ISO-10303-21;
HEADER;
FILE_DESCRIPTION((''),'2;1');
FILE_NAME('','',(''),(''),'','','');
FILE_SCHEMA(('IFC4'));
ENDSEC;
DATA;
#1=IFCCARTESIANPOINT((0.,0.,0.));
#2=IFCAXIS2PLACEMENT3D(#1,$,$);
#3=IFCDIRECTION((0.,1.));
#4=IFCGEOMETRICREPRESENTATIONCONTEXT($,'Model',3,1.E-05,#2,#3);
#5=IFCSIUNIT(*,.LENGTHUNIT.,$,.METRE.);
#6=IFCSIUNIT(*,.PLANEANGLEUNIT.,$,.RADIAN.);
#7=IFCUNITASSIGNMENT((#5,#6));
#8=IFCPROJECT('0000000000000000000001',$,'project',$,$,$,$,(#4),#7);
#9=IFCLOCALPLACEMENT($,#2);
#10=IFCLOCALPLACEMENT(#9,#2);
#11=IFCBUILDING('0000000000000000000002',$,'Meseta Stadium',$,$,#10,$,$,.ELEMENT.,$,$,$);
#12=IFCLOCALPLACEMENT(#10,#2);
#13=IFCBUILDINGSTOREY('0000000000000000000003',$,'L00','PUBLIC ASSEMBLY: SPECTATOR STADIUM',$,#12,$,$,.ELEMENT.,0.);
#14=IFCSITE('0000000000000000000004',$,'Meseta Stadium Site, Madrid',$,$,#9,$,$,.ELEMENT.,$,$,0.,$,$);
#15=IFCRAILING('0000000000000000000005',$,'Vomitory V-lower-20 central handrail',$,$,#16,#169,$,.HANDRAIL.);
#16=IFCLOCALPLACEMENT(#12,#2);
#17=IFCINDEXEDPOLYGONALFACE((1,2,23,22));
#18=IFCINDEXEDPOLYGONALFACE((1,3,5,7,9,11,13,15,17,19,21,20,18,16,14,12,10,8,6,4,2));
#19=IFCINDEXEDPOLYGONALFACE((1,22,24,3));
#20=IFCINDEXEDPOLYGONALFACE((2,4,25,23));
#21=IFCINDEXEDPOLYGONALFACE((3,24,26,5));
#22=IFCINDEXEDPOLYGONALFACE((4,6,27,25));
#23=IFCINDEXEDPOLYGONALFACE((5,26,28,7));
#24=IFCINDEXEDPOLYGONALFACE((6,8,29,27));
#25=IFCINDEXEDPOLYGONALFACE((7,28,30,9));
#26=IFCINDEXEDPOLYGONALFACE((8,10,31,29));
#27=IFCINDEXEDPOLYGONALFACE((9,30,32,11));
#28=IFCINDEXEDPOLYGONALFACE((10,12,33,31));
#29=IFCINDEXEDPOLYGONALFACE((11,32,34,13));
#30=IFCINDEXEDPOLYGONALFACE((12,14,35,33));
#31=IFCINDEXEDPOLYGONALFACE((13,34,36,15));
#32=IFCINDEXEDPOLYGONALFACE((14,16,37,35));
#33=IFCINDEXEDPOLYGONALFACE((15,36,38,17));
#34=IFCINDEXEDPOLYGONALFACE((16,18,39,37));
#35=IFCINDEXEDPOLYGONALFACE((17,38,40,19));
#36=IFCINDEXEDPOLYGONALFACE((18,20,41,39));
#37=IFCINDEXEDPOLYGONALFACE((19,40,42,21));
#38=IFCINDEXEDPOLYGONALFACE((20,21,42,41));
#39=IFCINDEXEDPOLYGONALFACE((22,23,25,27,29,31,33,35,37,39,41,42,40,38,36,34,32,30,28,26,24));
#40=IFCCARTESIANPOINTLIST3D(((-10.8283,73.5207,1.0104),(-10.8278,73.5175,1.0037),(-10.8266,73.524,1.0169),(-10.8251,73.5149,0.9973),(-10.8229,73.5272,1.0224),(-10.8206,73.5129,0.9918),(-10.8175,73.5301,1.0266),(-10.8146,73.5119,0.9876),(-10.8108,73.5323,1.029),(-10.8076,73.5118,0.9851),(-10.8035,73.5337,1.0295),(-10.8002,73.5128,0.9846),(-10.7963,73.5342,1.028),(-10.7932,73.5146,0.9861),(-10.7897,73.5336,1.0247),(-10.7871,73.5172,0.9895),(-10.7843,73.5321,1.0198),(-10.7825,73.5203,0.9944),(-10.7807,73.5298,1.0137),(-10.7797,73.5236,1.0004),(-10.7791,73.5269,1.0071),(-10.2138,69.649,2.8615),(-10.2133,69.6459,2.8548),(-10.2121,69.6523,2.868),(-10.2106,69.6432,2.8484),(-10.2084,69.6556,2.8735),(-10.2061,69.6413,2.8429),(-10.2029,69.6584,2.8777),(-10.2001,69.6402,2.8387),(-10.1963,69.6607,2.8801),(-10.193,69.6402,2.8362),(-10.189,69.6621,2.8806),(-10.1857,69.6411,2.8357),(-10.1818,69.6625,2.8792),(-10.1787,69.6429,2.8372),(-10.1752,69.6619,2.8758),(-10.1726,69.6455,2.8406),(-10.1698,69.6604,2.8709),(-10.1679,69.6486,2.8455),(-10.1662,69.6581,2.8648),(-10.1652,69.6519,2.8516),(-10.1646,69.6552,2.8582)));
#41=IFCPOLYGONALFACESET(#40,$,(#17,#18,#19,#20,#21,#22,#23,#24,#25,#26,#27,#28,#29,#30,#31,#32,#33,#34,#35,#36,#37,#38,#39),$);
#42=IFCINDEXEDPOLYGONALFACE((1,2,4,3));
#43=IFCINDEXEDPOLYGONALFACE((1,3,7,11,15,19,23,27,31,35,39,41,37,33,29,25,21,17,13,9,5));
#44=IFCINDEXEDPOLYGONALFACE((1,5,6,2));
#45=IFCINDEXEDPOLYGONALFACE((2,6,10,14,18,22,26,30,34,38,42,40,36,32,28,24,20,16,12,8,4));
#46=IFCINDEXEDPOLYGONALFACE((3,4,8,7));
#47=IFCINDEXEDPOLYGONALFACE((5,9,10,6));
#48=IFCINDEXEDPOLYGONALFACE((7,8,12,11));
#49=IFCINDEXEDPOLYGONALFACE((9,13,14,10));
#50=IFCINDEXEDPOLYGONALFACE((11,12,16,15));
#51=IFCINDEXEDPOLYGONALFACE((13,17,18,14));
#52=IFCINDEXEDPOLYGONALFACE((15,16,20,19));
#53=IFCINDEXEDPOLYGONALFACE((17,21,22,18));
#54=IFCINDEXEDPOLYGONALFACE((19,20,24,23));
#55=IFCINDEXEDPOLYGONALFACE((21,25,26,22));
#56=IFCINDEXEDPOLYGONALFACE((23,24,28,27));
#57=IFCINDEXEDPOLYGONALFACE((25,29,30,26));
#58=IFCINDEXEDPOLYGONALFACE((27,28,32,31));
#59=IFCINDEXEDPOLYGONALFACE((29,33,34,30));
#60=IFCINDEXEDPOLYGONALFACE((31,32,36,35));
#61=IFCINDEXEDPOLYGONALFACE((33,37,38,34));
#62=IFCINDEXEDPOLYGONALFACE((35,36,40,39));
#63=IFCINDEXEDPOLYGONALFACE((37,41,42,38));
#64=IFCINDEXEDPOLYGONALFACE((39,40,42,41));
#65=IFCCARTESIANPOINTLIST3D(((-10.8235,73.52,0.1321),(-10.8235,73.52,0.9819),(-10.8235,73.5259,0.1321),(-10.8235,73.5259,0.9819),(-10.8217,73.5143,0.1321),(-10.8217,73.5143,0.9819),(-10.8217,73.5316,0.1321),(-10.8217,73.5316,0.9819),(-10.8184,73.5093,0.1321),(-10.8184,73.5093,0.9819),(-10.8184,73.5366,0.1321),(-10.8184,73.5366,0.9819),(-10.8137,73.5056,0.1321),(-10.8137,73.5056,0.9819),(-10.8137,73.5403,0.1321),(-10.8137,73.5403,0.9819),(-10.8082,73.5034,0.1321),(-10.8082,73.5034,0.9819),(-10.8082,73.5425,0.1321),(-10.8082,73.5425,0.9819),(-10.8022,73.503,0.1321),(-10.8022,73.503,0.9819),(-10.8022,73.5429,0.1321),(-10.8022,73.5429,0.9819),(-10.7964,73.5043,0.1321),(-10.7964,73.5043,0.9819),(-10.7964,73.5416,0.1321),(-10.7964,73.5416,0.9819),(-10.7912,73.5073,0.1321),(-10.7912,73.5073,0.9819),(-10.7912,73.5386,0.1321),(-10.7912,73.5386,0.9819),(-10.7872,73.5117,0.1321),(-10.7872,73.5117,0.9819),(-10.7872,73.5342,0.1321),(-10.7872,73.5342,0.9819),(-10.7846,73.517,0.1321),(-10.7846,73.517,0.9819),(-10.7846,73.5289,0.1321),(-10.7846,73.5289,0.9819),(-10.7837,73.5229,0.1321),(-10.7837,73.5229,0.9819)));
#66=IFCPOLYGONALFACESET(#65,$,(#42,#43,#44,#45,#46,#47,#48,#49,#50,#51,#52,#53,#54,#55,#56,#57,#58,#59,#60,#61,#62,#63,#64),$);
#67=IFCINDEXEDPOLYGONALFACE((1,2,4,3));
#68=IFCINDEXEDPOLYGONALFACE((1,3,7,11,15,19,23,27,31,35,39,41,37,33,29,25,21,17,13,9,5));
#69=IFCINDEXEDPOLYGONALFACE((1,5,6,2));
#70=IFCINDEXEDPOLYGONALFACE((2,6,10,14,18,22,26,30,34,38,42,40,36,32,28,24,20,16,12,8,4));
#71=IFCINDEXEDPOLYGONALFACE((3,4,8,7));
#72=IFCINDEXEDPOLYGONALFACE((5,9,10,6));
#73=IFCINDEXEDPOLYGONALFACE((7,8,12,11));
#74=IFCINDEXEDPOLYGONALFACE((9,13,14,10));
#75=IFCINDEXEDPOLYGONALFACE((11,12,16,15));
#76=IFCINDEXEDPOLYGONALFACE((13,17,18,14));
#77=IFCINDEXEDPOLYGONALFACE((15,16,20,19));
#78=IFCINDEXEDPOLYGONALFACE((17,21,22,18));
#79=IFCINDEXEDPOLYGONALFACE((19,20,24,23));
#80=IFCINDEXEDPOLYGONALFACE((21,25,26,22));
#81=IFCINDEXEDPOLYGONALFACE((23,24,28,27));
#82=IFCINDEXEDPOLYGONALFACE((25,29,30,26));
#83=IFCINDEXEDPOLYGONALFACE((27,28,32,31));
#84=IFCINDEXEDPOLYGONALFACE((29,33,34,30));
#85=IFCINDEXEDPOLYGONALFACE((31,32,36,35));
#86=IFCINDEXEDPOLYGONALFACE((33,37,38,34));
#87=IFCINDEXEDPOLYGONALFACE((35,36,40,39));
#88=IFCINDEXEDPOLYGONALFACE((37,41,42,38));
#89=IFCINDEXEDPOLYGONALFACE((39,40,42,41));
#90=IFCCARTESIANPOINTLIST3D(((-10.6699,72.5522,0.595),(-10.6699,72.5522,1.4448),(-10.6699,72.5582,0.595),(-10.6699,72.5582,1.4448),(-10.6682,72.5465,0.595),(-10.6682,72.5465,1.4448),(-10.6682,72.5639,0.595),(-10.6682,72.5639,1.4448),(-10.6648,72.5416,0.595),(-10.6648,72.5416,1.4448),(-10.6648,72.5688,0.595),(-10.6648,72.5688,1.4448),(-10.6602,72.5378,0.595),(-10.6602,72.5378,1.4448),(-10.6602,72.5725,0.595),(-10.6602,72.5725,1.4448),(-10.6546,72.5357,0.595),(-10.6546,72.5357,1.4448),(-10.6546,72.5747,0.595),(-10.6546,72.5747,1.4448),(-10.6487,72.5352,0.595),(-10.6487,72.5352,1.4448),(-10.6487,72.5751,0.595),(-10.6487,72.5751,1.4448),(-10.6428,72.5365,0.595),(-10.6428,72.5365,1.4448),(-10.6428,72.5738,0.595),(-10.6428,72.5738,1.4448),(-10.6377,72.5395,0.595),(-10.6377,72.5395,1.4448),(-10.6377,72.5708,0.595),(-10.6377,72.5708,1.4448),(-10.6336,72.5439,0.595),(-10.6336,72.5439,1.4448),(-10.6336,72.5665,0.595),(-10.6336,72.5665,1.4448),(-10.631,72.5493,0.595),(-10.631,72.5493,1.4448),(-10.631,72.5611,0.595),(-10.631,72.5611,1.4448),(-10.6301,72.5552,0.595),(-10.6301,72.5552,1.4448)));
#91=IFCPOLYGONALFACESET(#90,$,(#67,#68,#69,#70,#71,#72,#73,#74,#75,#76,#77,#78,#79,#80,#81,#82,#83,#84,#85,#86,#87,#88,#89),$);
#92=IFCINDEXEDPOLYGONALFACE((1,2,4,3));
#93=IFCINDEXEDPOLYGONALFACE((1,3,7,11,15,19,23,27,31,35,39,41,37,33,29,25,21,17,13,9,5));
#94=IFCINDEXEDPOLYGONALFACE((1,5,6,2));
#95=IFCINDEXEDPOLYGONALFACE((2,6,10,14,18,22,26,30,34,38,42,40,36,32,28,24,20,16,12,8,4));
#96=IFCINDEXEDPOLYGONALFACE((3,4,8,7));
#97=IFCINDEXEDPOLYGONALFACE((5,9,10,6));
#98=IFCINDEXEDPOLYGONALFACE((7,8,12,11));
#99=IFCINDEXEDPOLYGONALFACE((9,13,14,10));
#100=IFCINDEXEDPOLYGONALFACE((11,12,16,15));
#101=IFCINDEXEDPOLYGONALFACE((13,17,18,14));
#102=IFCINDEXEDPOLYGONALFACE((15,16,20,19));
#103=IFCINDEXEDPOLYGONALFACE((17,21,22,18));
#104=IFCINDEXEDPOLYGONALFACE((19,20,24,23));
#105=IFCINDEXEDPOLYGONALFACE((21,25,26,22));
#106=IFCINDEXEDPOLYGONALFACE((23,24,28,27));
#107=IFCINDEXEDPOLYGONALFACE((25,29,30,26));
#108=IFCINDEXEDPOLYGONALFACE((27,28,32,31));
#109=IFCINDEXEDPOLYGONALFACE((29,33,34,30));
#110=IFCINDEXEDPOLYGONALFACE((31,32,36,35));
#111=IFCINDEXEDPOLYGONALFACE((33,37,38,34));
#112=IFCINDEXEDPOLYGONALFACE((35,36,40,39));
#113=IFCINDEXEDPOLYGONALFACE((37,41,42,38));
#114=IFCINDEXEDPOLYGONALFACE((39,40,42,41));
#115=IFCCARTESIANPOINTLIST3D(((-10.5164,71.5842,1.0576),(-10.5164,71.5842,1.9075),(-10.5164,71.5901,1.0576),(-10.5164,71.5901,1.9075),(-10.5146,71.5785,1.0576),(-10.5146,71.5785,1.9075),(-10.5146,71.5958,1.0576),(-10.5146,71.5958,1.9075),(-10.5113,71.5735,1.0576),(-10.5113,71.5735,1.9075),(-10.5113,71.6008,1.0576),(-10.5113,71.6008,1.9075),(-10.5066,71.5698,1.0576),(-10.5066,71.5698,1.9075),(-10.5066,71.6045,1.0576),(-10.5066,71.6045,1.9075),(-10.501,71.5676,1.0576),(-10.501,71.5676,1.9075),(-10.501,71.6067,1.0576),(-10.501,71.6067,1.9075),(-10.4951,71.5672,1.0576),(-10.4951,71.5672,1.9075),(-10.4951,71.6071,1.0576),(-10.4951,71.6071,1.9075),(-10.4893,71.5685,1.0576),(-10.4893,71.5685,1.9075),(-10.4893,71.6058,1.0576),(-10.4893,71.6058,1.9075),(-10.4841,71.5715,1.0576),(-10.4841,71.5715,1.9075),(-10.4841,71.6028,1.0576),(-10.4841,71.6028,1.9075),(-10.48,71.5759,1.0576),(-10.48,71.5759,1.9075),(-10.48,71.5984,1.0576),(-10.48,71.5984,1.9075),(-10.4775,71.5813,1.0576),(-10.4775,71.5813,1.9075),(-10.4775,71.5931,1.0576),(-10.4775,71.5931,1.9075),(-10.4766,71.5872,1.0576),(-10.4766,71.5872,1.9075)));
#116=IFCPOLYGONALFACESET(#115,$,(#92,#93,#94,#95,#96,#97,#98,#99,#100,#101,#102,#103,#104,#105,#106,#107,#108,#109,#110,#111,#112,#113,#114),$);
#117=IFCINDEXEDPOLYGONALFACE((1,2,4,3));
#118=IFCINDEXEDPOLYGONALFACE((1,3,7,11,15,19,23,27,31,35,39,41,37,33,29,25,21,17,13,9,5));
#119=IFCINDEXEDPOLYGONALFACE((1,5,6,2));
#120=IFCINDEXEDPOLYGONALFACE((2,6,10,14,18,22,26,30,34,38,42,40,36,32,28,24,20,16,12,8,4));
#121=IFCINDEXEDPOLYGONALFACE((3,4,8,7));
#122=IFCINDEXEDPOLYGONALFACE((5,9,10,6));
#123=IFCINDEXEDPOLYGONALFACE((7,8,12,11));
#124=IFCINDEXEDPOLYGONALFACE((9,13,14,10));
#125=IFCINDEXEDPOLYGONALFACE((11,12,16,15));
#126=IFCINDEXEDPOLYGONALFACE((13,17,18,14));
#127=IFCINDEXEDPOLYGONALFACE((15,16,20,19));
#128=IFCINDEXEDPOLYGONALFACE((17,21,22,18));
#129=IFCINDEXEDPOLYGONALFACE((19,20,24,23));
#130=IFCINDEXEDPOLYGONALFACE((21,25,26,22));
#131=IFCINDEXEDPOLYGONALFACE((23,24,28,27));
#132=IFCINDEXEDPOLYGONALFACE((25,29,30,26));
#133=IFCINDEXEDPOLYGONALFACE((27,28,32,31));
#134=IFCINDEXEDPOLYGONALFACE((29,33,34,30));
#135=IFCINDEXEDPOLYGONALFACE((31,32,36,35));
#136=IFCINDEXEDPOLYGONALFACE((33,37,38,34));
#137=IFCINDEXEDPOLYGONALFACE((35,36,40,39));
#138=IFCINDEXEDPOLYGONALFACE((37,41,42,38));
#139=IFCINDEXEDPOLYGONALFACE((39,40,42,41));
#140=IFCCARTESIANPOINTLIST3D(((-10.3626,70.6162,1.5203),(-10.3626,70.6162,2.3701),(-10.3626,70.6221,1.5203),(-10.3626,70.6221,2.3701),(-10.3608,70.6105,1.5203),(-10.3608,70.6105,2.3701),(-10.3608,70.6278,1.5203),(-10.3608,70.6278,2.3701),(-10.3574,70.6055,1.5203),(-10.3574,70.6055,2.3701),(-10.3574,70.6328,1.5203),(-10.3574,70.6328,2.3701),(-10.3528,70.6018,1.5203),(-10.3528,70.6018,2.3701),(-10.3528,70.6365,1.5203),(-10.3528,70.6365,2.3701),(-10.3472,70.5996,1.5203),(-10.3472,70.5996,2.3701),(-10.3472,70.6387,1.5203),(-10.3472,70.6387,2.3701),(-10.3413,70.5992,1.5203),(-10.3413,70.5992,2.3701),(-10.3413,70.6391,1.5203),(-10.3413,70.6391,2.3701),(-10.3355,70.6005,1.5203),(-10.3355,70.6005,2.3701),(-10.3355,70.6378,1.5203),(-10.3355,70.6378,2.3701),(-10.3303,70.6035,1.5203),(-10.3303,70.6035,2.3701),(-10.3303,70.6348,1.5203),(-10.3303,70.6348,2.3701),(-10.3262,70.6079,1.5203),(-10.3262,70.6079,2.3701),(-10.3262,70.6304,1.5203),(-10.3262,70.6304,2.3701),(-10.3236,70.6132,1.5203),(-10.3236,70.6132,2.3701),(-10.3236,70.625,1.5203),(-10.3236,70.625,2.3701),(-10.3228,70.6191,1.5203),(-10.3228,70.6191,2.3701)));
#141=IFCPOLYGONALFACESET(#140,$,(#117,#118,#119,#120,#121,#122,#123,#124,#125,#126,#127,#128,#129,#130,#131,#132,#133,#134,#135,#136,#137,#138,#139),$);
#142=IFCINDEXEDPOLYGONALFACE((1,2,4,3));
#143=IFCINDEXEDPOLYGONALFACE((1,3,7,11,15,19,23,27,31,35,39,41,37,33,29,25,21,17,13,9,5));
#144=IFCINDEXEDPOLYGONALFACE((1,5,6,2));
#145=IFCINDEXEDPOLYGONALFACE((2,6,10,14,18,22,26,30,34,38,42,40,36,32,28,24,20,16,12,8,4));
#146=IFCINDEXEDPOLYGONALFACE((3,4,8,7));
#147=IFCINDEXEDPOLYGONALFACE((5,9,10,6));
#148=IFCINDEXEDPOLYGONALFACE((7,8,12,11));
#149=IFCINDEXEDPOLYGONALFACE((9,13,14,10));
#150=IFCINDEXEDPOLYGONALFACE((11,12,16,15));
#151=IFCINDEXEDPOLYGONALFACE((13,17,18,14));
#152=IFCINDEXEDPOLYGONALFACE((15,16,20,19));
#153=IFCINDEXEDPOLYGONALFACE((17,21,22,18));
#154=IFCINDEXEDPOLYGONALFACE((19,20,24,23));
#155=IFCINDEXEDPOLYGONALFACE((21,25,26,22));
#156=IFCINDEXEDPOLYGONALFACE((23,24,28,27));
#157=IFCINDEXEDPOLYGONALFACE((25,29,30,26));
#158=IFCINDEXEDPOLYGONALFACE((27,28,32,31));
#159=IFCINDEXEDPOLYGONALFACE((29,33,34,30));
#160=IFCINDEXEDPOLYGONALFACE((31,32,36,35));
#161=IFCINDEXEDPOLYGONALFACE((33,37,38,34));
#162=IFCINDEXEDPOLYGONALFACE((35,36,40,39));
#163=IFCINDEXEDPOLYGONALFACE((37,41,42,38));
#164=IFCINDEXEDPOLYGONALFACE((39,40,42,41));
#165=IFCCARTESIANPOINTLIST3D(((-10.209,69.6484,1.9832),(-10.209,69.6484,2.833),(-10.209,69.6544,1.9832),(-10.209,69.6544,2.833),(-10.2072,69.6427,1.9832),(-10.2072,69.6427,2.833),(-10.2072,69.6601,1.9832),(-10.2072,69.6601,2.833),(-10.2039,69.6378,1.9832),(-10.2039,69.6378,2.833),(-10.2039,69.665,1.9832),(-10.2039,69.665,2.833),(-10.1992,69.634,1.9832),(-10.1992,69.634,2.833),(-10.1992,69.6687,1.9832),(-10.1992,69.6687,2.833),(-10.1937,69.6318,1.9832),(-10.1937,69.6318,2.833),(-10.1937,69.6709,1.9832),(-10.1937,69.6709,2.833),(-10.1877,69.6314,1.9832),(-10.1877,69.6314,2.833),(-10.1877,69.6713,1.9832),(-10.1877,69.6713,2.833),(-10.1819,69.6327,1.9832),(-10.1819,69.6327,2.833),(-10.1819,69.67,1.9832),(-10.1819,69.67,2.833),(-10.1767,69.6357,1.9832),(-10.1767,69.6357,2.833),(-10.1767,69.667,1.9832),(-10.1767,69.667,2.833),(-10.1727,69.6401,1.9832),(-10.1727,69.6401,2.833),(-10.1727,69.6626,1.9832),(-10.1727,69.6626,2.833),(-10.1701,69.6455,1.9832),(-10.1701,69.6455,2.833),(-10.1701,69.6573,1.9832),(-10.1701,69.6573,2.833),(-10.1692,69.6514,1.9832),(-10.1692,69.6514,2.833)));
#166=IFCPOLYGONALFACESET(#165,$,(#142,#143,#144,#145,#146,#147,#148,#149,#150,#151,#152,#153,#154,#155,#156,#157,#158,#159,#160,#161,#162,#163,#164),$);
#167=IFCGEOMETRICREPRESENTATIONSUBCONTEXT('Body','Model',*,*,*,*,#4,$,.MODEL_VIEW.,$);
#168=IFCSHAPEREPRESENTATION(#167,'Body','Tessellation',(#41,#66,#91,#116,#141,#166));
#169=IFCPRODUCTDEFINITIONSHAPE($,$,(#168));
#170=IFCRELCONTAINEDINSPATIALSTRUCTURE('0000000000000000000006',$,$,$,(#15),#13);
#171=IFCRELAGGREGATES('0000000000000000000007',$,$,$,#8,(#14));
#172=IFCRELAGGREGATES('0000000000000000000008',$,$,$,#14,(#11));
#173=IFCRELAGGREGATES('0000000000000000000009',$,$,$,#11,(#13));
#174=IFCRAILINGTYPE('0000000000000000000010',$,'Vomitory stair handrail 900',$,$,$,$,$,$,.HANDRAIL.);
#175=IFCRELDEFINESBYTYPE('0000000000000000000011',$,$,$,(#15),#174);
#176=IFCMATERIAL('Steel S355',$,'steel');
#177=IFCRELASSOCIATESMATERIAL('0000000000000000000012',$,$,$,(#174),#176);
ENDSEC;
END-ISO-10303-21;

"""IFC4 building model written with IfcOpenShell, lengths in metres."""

from ifc_helpers import new_model, si_unit, direction, frame, origin, origin_2d, place, context, subcontext, project, spatial, circle, extrude, material, type_object, element, save


model = new_model("IFC4")

# Units and contexts
model_context = context("Model", 3, precision=1e-05, world=origin(), true_north=direction((0.0, 1.0)))
body_context = subcontext(model_context, "Body", "Model", "MODEL_VIEW")
ifc_project = project(units=[si_unit("LENGTHUNIT", "METRE"), si_unit("PLANEANGLEUNIT", "RADIAN")], contexts=[model_context])

# Site, building, storey
site_placement = place(None, origin())
site = spatial("IfcSite", under=ifc_project, at=site_placement, Name="Meseta Stadium Site, Madrid", CompositionType="ELEMENT", RefElevation=0.0)
building_placement = place(site_placement, origin())
building = spatial("IfcBuilding", under=site, at=building_placement, Name="Meseta Stadium", CompositionType="ELEMENT")
storey_placement = place(building_placement, origin())
storey = spatial("IfcBuildingStorey", under=building, at=storey_placement, Name="L00", Description="PUBLIC ASSEMBLY: SPECTATOR STADIUM", CompositionType="ELEMENT", Elevation=0.0)

# Railing
ifc_material_1 = material(Name="Steel S355", Category="steel")
railing_type_1 = type_object("IfcRailingType", Name="Vomitory stair handrail 900", PredefinedType="HANDRAIL", material=ifc_material_1)
railing_1_placement = place(storey_placement, frame((-10.8037, 73.5229, 0.1321)))
element("IfcRailing", 1, at=railing_1_placement, inside=storey, type_object=railing_type_1, Name="Vomitory V-lower-20 central handrail", PredefinedType="HANDRAIL", context=body_context, shape_type="SweptSolid", body=[
    extrude(circle(Radius=0.0249, at=origin_2d()), frame((0.0, 0.0, 0.875), z_axis=(0.14175, -0.893074, 0.426995), x_axis=(0.987637, 0.156759, 0.0)), (0.0, 0.0, 1.0), 4.3352),
    extrude(circle(Radius=0.02, at=origin_2d()), origin(), (0.0, 0.0, 1.0), 0.8499),
    extrude(circle(Radius=0.02, at=origin_2d()), frame((0.1536, -0.9678, 0.4629)), (0.0, 0.0, 1.0), 0.8499),
    extrude(circle(Radius=0.02, at=origin_2d()), frame((0.3071, -1.9358, 0.9255)), (0.0, 0.0, 1.0), 0.8499),
    extrude(circle(Radius=0.02, at=origin_2d()), frame((0.4609, -2.9038, 1.3882)), (0.0, 0.0, 1.0), 0.8499),
    extrude(circle(Radius=0.02, at=origin_2d()), frame((0.6145, -3.8716, 1.8511)), (0.0, 0.0, 1.0), 0.8499),
])

save(model, "model.ifc")
